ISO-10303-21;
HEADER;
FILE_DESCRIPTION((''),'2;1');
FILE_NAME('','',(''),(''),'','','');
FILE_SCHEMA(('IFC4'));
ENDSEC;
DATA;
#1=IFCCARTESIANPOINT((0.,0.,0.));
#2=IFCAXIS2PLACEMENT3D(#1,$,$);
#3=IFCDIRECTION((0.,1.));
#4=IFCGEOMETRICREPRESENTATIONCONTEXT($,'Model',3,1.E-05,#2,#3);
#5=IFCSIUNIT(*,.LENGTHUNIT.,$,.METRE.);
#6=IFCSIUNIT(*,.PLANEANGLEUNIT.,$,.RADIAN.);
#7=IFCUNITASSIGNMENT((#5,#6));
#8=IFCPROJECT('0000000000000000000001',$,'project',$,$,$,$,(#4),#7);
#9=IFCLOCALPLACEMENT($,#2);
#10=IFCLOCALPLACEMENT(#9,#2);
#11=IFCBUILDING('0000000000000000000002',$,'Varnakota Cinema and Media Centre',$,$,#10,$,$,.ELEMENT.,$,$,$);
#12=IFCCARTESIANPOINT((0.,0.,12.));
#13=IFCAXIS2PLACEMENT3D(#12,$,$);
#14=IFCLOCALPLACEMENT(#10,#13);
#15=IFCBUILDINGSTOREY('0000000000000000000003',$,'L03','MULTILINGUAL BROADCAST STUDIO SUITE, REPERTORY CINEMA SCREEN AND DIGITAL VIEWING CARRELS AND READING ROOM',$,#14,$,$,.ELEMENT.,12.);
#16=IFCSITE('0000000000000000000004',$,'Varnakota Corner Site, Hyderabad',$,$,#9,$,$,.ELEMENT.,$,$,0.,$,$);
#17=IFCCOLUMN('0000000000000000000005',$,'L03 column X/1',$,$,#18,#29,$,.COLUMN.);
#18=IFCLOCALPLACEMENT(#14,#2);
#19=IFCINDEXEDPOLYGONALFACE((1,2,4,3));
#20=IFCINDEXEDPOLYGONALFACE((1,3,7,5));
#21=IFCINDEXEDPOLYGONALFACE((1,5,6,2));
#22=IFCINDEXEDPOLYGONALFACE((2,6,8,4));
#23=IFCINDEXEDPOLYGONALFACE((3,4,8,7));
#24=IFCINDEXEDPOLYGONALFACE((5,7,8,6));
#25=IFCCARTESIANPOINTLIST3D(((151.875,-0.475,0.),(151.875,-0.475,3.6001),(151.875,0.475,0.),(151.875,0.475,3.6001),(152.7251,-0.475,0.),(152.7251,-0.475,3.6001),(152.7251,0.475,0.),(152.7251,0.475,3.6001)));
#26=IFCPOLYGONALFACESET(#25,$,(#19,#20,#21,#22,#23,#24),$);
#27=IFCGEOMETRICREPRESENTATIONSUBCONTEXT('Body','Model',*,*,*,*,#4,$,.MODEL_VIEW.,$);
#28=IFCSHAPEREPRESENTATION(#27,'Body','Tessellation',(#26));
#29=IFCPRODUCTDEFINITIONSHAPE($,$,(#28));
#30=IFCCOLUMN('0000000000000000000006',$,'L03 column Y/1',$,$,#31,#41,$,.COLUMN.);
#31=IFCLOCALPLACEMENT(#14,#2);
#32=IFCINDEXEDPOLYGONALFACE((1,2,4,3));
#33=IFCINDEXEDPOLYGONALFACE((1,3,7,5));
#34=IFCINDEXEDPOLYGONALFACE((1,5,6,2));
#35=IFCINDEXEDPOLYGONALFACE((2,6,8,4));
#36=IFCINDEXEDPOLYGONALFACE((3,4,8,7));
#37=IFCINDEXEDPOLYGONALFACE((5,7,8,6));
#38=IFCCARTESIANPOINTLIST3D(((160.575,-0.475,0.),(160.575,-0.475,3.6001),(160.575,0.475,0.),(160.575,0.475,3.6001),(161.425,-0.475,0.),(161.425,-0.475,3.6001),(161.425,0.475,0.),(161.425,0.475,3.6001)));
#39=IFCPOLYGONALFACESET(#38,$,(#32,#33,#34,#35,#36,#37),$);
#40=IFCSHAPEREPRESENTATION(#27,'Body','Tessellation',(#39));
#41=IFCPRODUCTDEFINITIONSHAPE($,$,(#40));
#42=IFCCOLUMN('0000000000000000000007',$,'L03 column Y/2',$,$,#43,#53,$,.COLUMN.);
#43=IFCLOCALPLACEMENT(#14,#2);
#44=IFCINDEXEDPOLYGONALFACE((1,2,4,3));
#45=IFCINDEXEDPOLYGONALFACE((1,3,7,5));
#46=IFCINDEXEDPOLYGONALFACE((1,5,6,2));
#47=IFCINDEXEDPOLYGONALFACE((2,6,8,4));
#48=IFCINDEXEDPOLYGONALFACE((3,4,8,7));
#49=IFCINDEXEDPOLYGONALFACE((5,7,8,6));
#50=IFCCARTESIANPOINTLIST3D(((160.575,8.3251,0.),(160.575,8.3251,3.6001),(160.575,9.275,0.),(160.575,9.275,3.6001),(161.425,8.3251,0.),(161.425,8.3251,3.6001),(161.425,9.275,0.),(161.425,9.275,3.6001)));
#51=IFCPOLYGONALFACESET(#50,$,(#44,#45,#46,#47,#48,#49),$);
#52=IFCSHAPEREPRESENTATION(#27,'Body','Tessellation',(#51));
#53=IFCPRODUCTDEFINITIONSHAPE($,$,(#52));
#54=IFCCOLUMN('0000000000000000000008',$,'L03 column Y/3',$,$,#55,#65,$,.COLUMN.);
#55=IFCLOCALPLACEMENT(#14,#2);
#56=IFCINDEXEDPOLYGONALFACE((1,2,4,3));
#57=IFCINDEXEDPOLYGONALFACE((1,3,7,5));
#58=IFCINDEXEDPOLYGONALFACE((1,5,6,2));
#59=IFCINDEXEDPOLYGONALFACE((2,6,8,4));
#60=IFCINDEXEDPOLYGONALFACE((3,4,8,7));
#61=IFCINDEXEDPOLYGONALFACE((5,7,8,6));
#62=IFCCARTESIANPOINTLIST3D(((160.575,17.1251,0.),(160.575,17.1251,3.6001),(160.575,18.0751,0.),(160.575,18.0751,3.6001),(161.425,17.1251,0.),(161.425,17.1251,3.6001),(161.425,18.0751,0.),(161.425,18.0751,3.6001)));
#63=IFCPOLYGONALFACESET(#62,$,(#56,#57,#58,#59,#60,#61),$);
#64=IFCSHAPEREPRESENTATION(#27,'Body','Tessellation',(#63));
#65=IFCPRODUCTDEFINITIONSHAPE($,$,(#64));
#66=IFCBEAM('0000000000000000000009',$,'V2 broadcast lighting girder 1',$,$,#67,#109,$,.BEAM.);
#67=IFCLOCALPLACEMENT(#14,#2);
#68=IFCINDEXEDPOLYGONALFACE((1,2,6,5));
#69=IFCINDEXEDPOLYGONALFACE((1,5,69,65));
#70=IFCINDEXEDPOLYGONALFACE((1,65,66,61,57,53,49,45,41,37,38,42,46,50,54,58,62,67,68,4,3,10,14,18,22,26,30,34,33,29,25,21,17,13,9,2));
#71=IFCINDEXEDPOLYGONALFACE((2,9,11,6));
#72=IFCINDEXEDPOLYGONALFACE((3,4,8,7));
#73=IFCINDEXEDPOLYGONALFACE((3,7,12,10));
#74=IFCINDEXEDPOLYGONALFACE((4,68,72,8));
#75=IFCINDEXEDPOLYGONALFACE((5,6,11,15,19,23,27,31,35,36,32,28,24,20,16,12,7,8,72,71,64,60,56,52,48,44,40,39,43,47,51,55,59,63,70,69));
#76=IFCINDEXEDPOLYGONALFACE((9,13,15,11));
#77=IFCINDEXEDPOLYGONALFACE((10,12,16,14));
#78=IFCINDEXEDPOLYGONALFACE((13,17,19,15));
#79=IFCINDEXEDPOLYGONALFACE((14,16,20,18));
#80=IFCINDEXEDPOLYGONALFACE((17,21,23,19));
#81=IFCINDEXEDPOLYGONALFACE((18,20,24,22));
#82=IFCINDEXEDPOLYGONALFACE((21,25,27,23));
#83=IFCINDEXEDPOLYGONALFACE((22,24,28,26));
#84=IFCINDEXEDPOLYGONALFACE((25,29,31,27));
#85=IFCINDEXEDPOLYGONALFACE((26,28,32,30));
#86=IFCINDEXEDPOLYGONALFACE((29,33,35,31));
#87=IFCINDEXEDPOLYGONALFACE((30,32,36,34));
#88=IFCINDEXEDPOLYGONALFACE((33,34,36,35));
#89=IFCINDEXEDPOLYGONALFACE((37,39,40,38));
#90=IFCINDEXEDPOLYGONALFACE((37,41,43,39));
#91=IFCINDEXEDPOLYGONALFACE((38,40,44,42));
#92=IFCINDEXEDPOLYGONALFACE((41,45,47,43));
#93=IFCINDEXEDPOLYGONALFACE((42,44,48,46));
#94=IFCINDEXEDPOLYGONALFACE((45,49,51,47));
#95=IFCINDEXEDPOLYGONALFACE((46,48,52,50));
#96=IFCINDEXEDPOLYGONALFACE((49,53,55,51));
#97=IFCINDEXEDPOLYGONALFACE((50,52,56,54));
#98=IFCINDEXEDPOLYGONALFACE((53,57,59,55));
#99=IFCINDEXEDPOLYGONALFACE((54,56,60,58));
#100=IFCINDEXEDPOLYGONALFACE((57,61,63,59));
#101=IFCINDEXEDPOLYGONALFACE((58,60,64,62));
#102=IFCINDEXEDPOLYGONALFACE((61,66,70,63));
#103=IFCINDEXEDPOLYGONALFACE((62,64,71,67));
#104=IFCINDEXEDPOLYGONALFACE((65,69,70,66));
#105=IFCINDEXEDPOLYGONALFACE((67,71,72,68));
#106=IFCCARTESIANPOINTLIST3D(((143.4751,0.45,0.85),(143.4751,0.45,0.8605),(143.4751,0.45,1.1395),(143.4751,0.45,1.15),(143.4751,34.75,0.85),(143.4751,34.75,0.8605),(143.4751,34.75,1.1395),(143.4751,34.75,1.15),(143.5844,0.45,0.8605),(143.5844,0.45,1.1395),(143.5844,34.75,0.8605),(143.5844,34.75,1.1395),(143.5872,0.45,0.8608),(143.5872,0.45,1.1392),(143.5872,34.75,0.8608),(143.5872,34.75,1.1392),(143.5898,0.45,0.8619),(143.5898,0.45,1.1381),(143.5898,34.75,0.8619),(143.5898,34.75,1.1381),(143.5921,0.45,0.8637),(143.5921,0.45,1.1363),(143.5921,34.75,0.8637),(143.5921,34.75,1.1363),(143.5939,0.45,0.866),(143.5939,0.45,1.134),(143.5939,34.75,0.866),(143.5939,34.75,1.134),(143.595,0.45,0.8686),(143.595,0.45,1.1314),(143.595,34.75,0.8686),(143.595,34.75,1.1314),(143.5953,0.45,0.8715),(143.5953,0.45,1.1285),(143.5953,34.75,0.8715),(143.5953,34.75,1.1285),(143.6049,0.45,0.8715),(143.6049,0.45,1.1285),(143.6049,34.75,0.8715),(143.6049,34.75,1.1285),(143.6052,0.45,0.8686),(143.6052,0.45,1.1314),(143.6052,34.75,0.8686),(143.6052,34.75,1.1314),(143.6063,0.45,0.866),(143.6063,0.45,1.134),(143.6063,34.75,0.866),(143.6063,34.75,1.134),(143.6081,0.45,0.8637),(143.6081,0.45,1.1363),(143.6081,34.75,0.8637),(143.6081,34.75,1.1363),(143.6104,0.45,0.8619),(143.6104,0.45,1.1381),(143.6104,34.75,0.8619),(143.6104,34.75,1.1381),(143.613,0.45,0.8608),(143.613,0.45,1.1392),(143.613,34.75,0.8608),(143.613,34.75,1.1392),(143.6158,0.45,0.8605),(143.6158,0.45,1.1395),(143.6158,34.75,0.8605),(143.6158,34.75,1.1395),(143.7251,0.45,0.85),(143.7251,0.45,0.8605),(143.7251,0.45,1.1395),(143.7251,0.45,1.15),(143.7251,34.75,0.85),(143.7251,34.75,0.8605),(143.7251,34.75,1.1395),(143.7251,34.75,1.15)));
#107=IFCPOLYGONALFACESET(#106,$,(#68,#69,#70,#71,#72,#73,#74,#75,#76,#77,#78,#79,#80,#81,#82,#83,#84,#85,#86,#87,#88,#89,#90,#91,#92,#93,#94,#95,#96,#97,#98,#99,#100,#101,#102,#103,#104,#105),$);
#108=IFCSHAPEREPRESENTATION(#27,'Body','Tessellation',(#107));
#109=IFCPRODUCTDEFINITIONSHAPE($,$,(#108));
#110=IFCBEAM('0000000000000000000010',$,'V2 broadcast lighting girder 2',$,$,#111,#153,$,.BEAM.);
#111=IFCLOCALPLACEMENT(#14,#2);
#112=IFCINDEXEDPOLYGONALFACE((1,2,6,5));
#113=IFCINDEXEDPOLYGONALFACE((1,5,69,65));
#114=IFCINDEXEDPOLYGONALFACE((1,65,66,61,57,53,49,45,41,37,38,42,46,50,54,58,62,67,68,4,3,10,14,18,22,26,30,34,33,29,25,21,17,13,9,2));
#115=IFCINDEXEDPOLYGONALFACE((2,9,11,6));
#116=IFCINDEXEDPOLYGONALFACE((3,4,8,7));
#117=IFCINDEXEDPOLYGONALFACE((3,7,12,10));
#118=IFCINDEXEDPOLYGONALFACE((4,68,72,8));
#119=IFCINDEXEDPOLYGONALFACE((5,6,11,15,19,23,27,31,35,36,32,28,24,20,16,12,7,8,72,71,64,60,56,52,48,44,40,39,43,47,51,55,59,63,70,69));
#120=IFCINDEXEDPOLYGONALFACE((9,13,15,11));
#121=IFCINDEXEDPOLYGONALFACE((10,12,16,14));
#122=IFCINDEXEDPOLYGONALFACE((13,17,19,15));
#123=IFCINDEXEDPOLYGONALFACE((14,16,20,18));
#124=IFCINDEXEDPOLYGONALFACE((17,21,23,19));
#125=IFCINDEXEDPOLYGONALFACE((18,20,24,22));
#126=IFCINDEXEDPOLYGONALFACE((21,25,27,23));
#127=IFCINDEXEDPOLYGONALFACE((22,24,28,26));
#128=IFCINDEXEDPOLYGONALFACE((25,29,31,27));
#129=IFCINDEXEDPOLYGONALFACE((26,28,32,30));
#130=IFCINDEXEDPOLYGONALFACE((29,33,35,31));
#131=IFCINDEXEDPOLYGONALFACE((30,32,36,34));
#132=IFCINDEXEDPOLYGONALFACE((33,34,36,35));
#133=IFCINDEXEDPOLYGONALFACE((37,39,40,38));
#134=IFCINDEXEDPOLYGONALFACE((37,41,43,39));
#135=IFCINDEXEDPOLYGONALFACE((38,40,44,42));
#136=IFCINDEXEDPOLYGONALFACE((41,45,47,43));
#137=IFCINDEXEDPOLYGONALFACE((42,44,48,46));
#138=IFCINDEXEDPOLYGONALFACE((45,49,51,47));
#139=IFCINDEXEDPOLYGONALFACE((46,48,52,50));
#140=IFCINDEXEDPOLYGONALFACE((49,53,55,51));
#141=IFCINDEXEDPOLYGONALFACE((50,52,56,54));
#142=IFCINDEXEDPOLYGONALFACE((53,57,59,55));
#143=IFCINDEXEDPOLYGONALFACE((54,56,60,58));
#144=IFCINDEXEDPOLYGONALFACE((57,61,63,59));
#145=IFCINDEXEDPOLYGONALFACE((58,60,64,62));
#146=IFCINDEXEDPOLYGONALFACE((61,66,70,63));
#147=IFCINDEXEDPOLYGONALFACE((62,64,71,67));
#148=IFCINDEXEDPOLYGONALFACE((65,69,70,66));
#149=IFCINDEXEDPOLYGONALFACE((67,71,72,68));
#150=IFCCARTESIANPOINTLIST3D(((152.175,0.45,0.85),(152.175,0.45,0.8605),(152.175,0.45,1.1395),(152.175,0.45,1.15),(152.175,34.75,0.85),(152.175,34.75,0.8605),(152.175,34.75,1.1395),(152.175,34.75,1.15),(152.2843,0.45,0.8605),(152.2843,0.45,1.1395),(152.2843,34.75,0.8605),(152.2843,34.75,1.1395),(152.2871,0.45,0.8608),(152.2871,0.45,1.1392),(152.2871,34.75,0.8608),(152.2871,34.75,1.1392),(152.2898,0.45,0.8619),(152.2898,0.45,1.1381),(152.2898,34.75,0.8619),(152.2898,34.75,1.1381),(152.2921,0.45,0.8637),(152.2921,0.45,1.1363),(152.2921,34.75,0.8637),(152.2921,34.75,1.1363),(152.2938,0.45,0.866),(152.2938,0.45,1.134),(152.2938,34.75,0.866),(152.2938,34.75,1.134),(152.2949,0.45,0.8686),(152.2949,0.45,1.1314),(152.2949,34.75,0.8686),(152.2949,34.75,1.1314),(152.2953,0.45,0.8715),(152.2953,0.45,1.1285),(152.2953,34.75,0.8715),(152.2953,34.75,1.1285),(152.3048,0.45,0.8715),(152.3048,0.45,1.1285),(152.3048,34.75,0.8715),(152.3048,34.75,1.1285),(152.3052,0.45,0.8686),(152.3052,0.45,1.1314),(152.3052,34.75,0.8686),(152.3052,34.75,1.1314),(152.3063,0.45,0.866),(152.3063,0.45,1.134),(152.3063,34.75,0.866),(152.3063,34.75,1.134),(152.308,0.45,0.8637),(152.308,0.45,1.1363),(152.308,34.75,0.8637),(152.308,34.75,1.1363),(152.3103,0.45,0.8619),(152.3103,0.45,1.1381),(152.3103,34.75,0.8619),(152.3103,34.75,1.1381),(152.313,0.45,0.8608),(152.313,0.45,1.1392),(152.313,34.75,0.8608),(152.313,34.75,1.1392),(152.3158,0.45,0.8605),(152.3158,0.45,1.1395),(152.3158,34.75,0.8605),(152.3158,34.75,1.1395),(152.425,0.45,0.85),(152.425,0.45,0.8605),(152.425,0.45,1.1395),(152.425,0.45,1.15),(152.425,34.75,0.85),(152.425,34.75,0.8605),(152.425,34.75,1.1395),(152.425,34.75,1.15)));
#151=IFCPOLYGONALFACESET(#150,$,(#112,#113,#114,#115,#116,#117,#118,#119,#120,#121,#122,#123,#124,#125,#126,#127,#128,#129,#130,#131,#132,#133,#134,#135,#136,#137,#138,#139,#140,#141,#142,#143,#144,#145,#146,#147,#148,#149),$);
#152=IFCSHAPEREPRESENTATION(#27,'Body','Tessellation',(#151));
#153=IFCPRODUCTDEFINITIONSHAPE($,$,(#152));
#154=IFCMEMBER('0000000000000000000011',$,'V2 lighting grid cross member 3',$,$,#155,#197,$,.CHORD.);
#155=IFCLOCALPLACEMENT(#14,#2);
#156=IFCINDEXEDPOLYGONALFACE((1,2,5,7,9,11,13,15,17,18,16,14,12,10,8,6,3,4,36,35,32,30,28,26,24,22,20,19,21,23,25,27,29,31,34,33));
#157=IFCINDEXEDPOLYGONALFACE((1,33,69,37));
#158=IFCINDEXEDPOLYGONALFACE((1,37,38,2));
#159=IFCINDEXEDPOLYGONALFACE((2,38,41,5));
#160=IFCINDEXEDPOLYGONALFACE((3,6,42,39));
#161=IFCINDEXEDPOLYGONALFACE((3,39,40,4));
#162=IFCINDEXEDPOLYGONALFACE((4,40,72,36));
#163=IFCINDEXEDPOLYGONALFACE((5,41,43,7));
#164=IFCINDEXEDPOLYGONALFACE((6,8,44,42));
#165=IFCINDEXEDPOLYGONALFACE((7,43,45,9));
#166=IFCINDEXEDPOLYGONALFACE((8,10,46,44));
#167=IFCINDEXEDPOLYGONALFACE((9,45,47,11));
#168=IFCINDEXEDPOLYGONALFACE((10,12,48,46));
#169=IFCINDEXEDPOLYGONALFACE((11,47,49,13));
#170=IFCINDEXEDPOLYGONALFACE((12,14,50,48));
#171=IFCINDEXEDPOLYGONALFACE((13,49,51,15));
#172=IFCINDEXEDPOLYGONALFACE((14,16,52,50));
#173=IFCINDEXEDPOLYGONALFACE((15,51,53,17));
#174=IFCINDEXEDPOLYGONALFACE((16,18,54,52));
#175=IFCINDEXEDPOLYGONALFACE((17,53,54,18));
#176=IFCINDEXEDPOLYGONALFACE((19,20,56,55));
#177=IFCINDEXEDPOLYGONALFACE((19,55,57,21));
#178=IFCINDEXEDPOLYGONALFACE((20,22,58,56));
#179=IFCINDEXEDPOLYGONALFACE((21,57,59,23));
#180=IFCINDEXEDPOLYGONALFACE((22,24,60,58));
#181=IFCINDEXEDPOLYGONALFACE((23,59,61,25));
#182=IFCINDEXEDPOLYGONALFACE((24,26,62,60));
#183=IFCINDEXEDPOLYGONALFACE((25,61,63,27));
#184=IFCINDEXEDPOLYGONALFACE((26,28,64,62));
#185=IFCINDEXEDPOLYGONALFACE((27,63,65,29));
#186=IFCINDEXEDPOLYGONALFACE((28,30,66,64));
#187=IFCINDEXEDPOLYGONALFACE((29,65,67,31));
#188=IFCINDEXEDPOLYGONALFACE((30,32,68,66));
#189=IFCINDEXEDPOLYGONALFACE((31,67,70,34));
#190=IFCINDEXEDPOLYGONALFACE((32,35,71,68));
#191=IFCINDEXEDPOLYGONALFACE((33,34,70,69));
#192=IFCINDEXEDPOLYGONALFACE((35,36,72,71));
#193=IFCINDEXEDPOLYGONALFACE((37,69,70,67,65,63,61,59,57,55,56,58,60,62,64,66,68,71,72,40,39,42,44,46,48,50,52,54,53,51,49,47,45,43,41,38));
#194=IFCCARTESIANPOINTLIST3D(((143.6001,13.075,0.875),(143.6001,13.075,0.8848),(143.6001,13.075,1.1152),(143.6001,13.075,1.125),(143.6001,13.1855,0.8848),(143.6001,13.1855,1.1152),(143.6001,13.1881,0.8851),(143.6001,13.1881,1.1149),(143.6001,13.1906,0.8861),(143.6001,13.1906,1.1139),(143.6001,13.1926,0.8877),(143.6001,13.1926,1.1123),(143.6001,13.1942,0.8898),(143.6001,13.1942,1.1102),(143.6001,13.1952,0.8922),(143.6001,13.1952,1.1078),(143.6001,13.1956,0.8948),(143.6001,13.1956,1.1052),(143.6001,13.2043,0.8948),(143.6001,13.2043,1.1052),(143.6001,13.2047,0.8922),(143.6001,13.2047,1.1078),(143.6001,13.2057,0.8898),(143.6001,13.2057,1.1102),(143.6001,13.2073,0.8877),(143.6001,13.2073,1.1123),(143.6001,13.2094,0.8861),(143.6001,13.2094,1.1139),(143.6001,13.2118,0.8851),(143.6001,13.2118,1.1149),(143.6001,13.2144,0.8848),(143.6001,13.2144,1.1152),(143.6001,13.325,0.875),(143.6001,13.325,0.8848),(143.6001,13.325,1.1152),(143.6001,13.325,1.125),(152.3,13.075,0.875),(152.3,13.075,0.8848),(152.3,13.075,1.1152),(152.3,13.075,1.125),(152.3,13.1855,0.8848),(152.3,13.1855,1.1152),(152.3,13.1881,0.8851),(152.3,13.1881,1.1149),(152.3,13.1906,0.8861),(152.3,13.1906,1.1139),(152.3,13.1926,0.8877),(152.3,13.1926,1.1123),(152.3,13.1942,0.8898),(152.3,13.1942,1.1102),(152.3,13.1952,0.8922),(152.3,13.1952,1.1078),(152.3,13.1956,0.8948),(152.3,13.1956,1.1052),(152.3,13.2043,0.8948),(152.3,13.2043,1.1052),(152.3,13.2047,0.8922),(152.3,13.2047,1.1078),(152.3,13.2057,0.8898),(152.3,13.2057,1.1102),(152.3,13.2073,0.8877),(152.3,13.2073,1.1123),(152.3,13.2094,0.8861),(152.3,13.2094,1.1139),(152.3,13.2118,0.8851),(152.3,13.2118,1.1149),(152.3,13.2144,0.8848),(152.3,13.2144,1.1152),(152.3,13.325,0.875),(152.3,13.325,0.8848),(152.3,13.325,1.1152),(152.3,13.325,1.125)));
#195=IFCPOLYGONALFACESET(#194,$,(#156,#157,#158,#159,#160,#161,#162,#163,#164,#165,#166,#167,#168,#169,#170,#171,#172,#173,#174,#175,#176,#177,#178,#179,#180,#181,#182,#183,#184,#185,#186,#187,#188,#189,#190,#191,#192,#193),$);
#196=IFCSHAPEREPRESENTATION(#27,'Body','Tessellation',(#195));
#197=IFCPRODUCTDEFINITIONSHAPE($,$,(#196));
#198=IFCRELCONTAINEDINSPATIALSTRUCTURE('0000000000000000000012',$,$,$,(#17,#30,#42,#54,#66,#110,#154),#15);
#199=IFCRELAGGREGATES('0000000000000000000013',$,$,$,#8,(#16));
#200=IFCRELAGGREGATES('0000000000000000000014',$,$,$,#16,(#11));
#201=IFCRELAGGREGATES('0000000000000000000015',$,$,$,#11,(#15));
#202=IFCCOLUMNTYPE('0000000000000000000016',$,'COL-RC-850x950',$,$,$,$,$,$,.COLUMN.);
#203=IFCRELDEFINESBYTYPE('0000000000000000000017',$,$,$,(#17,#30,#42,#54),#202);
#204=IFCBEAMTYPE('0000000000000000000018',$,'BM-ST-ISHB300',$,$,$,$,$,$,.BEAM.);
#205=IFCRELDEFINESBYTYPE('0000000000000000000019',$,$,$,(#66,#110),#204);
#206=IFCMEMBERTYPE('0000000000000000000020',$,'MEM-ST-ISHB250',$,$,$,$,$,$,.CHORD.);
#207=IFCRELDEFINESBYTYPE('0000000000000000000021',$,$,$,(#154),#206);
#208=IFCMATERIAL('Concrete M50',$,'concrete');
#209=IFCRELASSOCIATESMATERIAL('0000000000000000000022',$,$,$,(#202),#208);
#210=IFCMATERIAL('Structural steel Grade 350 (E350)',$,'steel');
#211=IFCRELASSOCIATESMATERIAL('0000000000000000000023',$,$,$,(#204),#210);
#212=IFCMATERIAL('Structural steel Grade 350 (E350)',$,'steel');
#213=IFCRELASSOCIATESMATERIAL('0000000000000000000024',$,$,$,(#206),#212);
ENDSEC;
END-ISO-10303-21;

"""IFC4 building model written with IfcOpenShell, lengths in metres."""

from ifc_helpers import new_model, si_unit, direction, frame, origin, origin_2d, place, context, subcontext, project, spatial, rectangle, i_section, extrude, material, material_profile, profile_set, type_object, element, save


model = new_model("IFC4")

# Units and contexts
model_context = context("Model", 3, precision=1e-05, world=origin(), true_north=direction((0.0, 1.0)))
body_context = subcontext(model_context, "Body", "Model", "MODEL_VIEW")
ifc_project = project(units=[si_unit("LENGTHUNIT", "METRE"), si_unit("PLANEANGLEUNIT", "RADIAN")], contexts=[model_context])

# Site, building, storey
site_placement = place(None, origin())
site = spatial("IfcSite", under=ifc_project, at=site_placement, Name="Varnakota Corner Site, Hyderabad", CompositionType="ELEMENT", RefElevation=0.0)
building_placement = place(site_placement, origin())
building = spatial("IfcBuilding", under=site, at=building_placement, Name="Varnakota Cinema and Media Centre", CompositionType="ELEMENT")
storey_placement = place(building_placement, frame((0.0, 0.0, 12.0)))
storey = spatial("IfcBuildingStorey", under=building, at=storey_placement, Name="L03", Description="MULTILINGUAL BROADCAST STUDIO SUITE, REPERTORY CINEMA SCREEN AND DIGITAL VIEWING CARRELS AND READING ROOM", CompositionType="ELEMENT", Elevation=12.0)

# Columns
ifc_material_1 = material(Name="Concrete M50", Category="concrete")
ifc_material_profile_1 = material_profile(ifc_material_1, rectangle(XDim=0.8501, YDim=0.95, at=origin_2d()), Name="RC 850x950")
ifc_profile_set_1 = profile_set([ifc_material_profile_1], Name="Concrete M50")
column_type = type_object("IfcColumnType", Name="COL-RC-850x950", PredefinedType="COLUMN", material=ifc_profile_set_1)
for number, where, z_axis, x_axis, name in (
    (1, (152.3, 0.0, 0.0), (0.0, 0.0, 1.0), (1.0, 0.0, 0.0), "L03 column X/1"),
    (2, (161.0, 0.0, 0.0), (0.0, 0.0, 1.0), (1.0, 0.0, 0.0), "L03 column Y/1"),
    (3, (161.0, 8.8, 0.0), (0.0, 0.0, 1.0), (1.0, 0.0, 0.0), "L03 column Y/2"),
    (4, (161.0, 17.6001, 0.0), (0.0, 0.0, 1.0), (1.0, 0.0, 0.0), "L03 column Y/3"),
):
    element("IfcColumn", number, at=place(storey_placement, frame(where, z_axis=z_axis, x_axis=x_axis)), inside=storey, type_object=column_type, Name=name, PredefinedType="COLUMN", context=body_context, shape_type="SweptSolid", body=[
        extrude(rectangle(XDim=0.8501, YDim=0.95, at=origin_2d()), origin(), (0.0, 0.0, 1.0), 3.6001),
    ])

# Beams
ifc_material_2 = material(Name="Structural steel Grade 350 (E350)", Category="steel")
ifc_material_profile_2 = material_profile(ifc_material_2, i_section(OverallWidth=0.25, OverallDepth=0.3, WebThickness=0.0095, FlangeThickness=0.0105, FilletRadius=0.011, at=origin_2d()), Name="ISHB 300")
ifc_profile_set_2 = profile_set([ifc_material_profile_2], Name="Structural steel Grade 350 (E350)")
beam_type = type_object("IfcBeamType", Name="BM-ST-ISHB300", PredefinedType="BEAM", material=ifc_profile_set_2)
for number, where, z_axis, x_axis, name in (
    (5, (143.6001, 0.45, 1.0), (0.0, 1.0, 0.0), (-1.0, 0.0, 0.0), "V2 broadcast lighting girder 1"),
    (6, (152.3, 0.45, 1.0), (0.0, 1.0, 0.0), (-1.0, 0.0, 0.0), "V2 broadcast lighting girder 2"),
):
    element("IfcBeam", number, at=place(storey_placement, frame(where, z_axis=z_axis, x_axis=x_axis)), inside=storey, type_object=beam_type, Name=name, PredefinedType="BEAM", context=body_context, shape_type="SweptSolid", body=[
        extrude(i_section(OverallWidth=0.25, OverallDepth=0.3, WebThickness=0.0095, FlangeThickness=0.0105, FilletRadius=0.011, at=origin_2d()), origin(), (0.0, 0.0, 1.0), 34.3),
    ])

# Member
ifc_material_3 = material(Name="Structural steel Grade 350 (E350)", Category="steel")
ifc_material_profile_3 = material_profile(ifc_material_3, i_section(OverallWidth=0.25, OverallDepth=0.25, WebThickness=0.0088, FlangeThickness=0.0098, FilletRadius=0.01, at=origin_2d()), Name="ISHB 250")
ifc_profile_set_3 = profile_set([ifc_material_profile_3], Name="Structural steel Grade 350 (E350)")
member_type_1 = type_object("IfcMemberType", Name="MEM-ST-ISHB250", PredefinedType="CHORD", material=ifc_profile_set_3)
member_1_placement = place(storey_placement, frame((143.6001, 13.2, 1.0), z_axis=(1.0, 0.0, 0.0), x_axis=(0.0, 1.0, 0.0)))
element("IfcMember", 7, at=member_1_placement, inside=storey, type_object=member_type_1, Name="V2 lighting grid cross member 3", PredefinedType="CHORD", context=body_context, shape_type="SweptSolid", body=[
    extrude(i_section(OverallWidth=0.25, OverallDepth=0.25, WebThickness=0.0088, FlangeThickness=0.0098, FilletRadius=0.01, at=origin_2d()), origin(), (0.0, 0.0, 1.0), 8.7),
])

save(model, "model.ifc")
